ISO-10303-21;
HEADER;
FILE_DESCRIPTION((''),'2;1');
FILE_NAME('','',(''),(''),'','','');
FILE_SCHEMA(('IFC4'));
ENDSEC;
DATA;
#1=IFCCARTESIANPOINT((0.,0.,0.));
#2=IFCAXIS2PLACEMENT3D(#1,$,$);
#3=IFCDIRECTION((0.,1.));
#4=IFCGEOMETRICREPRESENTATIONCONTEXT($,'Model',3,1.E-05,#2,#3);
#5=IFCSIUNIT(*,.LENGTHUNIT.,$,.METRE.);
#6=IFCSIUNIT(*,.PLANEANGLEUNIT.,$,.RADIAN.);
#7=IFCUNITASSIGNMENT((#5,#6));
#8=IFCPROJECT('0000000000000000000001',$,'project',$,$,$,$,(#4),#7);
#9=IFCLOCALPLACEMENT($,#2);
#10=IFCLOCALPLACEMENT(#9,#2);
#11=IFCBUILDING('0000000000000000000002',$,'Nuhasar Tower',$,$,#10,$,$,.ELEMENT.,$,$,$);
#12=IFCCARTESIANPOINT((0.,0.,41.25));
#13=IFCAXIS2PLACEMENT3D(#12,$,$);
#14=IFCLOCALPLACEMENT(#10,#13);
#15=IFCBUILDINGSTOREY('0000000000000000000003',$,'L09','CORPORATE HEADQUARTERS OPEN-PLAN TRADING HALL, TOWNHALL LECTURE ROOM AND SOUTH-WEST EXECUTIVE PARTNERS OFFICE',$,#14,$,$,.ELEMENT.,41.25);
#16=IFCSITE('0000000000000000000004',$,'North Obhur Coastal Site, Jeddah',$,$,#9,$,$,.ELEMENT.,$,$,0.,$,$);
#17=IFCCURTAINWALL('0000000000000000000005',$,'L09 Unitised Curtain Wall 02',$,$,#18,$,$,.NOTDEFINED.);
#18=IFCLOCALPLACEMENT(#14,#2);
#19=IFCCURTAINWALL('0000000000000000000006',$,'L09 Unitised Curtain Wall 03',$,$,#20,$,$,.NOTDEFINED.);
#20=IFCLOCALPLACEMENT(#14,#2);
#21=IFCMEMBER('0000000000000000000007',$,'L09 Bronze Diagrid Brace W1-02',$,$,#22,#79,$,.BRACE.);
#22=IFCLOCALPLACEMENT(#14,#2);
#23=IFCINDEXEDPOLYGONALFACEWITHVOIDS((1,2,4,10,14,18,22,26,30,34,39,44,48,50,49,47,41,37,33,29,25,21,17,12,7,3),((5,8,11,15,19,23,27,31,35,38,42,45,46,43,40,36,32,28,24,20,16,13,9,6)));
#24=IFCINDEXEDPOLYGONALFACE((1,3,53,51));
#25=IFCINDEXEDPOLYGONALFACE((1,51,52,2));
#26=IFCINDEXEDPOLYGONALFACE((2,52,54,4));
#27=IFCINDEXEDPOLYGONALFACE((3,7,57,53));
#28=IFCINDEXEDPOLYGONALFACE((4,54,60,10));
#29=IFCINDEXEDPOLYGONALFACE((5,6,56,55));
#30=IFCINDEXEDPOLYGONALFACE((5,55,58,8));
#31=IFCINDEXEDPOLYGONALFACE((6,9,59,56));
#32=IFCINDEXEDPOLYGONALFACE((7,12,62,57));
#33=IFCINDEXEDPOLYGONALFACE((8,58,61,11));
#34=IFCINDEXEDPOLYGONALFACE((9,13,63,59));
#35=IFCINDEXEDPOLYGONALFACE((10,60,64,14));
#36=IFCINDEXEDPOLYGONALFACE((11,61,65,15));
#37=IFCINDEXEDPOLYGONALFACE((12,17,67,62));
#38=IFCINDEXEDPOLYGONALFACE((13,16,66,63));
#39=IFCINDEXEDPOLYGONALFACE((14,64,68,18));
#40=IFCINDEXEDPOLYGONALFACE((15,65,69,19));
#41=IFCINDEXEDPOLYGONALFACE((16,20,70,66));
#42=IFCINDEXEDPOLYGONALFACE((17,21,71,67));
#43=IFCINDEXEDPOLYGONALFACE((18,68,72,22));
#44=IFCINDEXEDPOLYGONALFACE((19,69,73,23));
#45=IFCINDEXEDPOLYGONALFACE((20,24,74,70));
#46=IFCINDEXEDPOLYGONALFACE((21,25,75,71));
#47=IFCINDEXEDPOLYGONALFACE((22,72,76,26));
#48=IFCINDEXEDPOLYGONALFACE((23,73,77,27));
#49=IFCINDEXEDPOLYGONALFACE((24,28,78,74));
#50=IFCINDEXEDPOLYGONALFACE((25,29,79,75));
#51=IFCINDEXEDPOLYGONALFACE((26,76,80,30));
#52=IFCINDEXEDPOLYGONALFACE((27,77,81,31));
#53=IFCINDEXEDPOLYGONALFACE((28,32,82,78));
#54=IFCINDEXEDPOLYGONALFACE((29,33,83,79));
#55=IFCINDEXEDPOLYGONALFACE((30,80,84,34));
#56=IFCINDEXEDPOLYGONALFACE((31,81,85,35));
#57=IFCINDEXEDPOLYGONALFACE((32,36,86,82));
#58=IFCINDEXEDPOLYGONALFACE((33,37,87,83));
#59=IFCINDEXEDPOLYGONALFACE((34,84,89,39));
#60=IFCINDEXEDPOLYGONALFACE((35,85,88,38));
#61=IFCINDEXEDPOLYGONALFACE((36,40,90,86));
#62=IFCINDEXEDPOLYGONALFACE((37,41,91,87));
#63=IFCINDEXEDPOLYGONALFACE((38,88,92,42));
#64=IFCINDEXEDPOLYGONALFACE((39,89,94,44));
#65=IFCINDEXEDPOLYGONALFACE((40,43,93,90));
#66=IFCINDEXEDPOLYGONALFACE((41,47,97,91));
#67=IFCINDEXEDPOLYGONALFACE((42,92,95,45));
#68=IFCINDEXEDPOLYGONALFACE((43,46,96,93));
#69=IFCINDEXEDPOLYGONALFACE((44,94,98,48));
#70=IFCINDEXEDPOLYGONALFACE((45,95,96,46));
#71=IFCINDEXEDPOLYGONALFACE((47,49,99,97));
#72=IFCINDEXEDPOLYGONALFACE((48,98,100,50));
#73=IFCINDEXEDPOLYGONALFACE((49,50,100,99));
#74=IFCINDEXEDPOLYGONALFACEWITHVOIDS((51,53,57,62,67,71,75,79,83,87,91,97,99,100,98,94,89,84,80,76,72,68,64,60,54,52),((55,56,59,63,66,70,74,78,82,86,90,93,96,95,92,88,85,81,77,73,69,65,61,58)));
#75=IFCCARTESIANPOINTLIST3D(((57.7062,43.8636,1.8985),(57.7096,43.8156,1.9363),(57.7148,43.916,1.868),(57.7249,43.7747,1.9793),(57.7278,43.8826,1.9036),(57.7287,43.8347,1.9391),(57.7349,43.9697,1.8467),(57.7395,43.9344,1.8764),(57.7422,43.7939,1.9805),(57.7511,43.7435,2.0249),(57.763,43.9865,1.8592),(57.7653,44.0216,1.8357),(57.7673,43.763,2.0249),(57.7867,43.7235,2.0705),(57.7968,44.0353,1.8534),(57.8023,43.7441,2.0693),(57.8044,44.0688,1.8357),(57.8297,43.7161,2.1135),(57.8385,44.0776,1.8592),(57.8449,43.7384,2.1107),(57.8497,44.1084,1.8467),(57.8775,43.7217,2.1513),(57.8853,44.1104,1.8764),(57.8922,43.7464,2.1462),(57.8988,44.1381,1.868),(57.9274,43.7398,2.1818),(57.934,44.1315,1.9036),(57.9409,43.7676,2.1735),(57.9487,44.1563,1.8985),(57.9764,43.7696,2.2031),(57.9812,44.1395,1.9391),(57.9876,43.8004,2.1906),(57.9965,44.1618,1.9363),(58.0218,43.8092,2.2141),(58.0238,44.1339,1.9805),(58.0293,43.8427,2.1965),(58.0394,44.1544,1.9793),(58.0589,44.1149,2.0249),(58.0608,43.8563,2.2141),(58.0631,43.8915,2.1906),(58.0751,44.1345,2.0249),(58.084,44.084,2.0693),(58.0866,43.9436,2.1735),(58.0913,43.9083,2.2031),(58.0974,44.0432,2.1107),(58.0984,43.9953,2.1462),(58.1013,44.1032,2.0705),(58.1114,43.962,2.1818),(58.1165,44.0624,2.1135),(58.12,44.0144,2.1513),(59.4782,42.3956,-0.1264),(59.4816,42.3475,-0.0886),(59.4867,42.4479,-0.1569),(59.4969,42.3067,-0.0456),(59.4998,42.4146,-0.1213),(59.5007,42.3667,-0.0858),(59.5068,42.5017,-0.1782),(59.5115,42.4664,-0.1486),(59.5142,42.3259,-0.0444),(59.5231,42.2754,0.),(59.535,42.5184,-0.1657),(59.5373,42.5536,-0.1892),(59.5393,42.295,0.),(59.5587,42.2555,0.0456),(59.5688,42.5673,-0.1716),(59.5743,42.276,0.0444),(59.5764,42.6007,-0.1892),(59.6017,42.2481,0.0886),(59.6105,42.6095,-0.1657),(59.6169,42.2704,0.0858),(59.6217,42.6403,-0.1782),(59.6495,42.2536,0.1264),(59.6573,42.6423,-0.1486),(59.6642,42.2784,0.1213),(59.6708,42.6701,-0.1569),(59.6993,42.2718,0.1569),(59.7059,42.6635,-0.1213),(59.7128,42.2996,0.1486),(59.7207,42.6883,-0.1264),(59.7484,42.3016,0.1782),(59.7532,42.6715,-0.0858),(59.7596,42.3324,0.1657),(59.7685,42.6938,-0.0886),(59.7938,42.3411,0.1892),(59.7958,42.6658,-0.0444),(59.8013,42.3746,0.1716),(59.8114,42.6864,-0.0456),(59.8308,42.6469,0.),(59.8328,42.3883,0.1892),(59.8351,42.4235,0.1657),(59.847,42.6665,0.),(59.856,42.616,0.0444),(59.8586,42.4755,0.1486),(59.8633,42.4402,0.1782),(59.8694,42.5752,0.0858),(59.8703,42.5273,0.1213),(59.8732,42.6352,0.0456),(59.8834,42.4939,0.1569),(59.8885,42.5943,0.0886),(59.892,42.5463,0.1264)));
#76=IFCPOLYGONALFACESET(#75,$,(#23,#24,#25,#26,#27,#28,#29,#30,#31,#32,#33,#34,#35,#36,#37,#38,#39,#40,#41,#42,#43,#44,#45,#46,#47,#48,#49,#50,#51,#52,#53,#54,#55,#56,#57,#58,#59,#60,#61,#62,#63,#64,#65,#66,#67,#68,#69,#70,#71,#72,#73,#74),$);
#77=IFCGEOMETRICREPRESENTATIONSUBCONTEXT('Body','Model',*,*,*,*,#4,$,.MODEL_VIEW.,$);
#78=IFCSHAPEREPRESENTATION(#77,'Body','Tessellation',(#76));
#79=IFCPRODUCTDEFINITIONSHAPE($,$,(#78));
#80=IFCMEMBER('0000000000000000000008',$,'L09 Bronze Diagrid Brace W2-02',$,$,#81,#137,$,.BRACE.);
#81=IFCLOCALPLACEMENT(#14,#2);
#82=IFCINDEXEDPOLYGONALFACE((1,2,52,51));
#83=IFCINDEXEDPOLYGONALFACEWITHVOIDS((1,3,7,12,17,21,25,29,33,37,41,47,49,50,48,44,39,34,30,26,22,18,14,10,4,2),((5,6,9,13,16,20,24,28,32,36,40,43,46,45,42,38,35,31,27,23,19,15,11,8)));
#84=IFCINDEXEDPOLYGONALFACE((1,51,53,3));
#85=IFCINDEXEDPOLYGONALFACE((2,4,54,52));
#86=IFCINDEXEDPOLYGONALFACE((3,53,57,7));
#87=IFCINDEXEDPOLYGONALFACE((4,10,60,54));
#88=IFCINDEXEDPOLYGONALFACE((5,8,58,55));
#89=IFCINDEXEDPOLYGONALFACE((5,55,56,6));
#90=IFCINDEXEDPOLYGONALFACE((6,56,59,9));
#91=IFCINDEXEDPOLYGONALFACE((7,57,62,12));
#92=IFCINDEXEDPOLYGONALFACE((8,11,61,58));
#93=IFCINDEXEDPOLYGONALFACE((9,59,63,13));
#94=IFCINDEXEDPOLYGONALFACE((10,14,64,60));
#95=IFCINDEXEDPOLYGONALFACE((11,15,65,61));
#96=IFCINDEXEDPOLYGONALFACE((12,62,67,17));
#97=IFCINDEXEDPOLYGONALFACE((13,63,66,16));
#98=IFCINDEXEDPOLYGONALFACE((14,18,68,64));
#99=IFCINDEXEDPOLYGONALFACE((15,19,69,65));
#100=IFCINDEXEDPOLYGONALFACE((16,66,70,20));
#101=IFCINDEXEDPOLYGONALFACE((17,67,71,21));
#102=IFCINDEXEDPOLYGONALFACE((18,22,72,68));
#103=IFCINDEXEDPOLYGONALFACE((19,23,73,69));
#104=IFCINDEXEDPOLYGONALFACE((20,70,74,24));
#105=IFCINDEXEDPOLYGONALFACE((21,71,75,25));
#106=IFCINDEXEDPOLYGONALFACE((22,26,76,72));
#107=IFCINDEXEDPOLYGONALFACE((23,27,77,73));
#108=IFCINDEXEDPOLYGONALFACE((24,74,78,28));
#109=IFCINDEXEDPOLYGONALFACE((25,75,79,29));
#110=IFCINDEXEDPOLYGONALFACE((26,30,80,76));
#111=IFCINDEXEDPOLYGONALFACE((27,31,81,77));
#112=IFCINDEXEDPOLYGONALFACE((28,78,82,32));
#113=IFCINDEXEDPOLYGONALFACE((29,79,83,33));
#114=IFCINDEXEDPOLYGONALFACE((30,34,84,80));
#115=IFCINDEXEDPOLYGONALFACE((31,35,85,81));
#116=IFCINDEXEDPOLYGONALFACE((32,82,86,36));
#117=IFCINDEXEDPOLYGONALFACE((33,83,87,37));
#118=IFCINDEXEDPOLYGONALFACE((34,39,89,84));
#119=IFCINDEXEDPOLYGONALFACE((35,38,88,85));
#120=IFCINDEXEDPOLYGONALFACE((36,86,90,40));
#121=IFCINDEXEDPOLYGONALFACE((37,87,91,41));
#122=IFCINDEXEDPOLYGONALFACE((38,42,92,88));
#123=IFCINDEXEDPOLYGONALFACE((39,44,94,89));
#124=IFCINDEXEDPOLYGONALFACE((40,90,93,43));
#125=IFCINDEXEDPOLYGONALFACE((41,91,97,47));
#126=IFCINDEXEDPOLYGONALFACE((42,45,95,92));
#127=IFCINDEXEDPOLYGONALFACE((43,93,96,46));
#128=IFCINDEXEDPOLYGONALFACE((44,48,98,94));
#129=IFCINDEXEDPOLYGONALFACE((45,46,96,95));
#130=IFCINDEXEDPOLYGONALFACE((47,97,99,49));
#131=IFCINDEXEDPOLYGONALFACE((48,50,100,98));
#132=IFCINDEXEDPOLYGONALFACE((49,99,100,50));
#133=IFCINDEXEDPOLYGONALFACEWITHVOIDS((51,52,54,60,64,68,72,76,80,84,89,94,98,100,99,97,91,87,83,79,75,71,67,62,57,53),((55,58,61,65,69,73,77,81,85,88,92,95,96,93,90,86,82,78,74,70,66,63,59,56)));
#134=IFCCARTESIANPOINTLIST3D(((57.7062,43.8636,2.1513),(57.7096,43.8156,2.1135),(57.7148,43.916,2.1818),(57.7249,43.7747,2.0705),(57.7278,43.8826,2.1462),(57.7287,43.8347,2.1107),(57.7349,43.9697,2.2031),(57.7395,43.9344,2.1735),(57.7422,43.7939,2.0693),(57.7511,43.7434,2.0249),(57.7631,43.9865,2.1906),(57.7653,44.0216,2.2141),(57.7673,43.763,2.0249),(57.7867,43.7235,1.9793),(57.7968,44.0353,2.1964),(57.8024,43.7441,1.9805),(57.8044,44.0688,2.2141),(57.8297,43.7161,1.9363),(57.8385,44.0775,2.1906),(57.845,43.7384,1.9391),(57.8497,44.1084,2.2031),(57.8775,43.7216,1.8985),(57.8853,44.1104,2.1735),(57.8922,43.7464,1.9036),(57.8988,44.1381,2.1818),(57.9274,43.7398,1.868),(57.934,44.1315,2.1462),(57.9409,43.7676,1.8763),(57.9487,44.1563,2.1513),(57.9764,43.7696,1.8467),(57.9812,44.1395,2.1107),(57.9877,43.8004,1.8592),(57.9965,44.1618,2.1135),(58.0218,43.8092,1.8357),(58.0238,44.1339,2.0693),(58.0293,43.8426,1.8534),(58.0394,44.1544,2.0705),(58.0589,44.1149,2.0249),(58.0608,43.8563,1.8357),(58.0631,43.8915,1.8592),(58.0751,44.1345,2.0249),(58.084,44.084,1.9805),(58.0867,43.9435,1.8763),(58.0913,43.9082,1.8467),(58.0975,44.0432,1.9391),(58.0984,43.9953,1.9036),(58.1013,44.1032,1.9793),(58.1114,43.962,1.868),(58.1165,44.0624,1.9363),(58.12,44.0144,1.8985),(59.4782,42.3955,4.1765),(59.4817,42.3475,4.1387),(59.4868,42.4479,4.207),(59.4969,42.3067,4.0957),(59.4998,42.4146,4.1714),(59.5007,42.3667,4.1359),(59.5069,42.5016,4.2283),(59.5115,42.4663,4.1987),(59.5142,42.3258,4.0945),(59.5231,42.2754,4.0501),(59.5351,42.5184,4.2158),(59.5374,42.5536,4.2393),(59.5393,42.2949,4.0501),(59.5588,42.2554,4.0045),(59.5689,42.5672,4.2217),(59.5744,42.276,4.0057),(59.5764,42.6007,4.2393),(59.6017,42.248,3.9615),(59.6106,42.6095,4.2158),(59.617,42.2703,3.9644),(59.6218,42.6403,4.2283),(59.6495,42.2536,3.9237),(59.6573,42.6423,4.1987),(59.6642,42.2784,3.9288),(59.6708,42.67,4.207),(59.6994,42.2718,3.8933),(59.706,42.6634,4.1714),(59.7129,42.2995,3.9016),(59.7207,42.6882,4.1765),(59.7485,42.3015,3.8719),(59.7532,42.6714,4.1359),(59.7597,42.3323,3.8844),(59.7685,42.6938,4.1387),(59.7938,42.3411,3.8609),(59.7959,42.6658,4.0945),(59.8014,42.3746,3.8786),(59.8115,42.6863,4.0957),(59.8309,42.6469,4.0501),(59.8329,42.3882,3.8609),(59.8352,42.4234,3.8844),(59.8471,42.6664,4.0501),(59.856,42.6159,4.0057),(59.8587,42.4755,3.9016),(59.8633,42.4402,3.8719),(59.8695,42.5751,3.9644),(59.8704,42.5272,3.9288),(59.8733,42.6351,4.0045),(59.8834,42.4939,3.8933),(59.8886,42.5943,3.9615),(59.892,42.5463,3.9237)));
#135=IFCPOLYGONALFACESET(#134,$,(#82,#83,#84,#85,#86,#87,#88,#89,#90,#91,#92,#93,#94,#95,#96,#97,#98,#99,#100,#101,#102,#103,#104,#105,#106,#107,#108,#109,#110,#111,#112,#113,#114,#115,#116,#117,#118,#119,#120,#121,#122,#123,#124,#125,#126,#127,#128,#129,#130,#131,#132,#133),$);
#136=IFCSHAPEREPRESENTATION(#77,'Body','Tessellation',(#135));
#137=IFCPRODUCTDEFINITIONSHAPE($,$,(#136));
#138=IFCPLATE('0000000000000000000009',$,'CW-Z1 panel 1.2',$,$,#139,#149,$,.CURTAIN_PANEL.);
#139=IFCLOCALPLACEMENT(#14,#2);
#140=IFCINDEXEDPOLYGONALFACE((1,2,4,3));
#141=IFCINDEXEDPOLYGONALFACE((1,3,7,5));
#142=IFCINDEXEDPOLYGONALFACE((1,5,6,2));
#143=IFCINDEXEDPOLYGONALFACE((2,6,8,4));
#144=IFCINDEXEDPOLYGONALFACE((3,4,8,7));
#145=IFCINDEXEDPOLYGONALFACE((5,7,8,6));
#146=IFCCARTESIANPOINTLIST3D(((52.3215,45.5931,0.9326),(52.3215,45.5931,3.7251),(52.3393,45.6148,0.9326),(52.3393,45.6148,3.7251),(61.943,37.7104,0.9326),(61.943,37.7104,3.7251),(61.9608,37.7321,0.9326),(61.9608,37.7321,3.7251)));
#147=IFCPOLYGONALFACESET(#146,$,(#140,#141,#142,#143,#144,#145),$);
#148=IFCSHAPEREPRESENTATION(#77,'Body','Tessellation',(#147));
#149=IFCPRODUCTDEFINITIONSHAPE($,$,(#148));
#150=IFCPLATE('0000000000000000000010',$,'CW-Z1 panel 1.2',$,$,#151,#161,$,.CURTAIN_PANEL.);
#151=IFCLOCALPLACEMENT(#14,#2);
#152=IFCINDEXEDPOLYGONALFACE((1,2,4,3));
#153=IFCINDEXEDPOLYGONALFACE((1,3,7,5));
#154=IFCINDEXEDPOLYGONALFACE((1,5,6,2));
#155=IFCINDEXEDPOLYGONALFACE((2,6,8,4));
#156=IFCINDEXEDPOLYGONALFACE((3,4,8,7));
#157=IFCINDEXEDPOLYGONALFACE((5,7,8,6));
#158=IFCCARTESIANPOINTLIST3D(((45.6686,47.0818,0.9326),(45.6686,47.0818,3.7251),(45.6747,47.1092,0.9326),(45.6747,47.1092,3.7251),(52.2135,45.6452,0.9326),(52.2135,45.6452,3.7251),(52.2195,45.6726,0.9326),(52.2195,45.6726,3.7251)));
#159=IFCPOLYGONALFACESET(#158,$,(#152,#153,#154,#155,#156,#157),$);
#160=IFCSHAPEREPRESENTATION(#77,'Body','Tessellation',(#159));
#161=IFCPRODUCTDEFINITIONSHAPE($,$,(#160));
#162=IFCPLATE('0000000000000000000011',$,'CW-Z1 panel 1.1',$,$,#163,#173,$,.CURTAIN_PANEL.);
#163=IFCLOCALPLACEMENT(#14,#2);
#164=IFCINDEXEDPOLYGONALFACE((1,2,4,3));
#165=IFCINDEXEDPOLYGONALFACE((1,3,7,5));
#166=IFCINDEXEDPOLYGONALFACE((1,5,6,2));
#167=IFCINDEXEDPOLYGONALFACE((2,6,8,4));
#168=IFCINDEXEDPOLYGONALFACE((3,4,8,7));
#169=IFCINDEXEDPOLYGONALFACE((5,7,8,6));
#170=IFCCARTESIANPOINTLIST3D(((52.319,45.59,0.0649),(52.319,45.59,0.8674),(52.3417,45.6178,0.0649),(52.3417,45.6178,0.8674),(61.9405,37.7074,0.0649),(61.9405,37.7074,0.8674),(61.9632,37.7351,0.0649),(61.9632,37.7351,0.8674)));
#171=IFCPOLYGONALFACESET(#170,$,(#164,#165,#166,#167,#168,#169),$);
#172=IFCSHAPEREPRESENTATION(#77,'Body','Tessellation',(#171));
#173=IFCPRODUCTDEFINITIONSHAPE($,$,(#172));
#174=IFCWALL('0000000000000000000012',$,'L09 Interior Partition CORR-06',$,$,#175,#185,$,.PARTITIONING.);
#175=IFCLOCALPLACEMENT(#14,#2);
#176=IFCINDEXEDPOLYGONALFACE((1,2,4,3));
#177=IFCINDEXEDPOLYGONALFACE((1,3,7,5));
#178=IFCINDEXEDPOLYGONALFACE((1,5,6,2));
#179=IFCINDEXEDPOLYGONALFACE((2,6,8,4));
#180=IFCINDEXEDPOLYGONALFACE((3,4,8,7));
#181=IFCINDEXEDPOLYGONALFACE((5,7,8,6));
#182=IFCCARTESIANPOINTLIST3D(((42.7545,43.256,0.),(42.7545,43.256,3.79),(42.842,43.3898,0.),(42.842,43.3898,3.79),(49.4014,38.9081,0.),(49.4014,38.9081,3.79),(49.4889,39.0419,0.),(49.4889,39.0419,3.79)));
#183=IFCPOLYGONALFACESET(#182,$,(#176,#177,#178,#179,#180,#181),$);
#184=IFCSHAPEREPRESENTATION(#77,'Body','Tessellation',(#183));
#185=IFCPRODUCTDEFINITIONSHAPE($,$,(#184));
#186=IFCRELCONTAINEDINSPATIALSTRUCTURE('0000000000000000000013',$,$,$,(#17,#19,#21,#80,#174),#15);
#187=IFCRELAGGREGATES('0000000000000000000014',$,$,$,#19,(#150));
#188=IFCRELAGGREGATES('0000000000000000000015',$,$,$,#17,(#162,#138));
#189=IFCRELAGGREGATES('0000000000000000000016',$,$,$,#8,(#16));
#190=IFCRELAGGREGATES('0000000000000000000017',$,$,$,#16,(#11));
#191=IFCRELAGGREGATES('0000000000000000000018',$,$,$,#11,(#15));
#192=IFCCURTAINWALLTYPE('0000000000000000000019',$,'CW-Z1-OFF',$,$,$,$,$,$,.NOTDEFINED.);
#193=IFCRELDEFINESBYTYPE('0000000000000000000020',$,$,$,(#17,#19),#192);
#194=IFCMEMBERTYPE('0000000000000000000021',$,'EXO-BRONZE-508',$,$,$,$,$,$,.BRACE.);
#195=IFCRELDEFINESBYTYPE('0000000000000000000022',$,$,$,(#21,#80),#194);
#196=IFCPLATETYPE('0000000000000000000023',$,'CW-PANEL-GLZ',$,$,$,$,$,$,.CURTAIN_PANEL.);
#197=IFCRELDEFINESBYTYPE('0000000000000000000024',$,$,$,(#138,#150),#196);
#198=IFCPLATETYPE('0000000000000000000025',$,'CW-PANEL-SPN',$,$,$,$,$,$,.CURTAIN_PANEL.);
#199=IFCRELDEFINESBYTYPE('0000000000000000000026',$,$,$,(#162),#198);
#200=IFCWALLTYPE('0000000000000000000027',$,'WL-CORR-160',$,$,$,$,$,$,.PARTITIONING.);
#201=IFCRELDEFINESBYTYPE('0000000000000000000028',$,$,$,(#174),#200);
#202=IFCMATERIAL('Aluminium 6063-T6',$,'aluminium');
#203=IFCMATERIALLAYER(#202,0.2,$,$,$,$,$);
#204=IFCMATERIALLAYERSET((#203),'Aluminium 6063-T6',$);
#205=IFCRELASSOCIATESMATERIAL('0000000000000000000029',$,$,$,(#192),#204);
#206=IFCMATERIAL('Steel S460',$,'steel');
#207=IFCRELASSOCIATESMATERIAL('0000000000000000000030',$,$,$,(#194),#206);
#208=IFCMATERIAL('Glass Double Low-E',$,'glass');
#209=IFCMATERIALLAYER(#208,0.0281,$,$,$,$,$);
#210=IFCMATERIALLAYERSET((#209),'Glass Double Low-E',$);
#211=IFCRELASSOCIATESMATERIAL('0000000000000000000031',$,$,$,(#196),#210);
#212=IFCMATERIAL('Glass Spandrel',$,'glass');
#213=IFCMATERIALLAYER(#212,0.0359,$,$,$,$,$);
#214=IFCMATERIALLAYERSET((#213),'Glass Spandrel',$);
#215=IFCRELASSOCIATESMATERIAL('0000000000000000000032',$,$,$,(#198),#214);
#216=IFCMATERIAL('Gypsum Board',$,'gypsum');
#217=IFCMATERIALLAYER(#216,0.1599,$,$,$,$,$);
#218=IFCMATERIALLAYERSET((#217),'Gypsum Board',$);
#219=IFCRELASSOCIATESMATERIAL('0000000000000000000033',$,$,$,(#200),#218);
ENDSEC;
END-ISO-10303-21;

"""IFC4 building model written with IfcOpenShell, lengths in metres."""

from ifc_helpers import new_model, si_unit, direction, frame, frame_2d, origin, origin_2d, place, context, subcontext, project, spatial, rectangle, hollow_circle, extrude, material, layer, layer_set, material_profile, profile_set, type_object, element, aggregate, save


model = new_model("IFC4")

# Units and contexts
model_context = context("Model", 3, precision=1e-05, world=origin(), true_north=direction((0.0, 1.0)))
body_context = subcontext(model_context, "Body", "Model", "MODEL_VIEW")
ifc_project = project(units=[si_unit("LENGTHUNIT", "METRE"), si_unit("PLANEANGLEUNIT", "RADIAN")], contexts=[model_context])

# Site, building, storey
site_placement = place(None, origin())
site = spatial("IfcSite", under=ifc_project, at=site_placement, Name="North Obhur Coastal Site, Jeddah", CompositionType="ELEMENT", RefElevation=0.0)
building_placement = place(site_placement, origin())
building = spatial("IfcBuilding", under=site, at=building_placement, Name="Nuhasar Tower", CompositionType="ELEMENT")
storey_placement = place(building_placement, frame((0.0, 0.0, 41.25)))
storey = spatial("IfcBuildingStorey", under=building, at=storey_placement, Name="L09", Description="CORPORATE HEADQUARTERS OPEN-PLAN TRADING HALL, TOWNHALL LECTURE ROOM AND SOUTH-WEST EXECUTIVE PARTNERS OFFICE", CompositionType="ELEMENT", Elevation=41.25)

# Shared definitions
ifc_material_1 = material(Name="Aluminium 6063-T6", Category="aluminium")
ifc_layer_1 = layer(ifc_material_1, 0.2)
ifc_layer_set_1 = layer_set([ifc_layer_1], Name="Aluminium 6063-T6")
curtain_wall_type = type_object("IfcCurtainWallType", Name="CW-Z1-OFF", PredefinedType="NOTDEFINED", material=ifc_layer_set_1)

# Curtain wall
curtain_wall_1_placement = place(storey_placement, origin())
curtain_wall_1 = element("IfcCurtainWall", 1, at=curtain_wall_1_placement, inside=storey, type_object=curtain_wall_type, Name="L09 Unitised Curtain Wall 02", PredefinedType="NOTDEFINED")

# Curtain wall
curtain_wall_2_placement = place(storey_placement, origin())
curtain_wall_2 = element("IfcCurtainWall", 2, at=curtain_wall_2_placement, inside=storey, type_object=curtain_wall_type, Name="L09 Unitised Curtain Wall 03", PredefinedType="NOTDEFINED")

# Members
ifc_material_2 = material(Name="Steel S460", Category="steel")
ifc_material_profile_1 = material_profile(ifc_material_2, hollow_circle(Radius=0.2539, WallThickness=0.0254, at=origin_2d()), Name="HSS508X25.4")
ifc_profile_set_1 = profile_set([ifc_material_profile_1], Name="Steel S460")
member_type_1 = type_object("IfcMemberType", Name="EXO-BRONZE-508", PredefinedType="BRACE", material=ifc_profile_set_1)
member_1_placement = place(storey_placement, frame((59.6851, 42.4709, 0.0), z_axis=(-0.578102, 0.478937, 0.660619), x_axis=(-0.637969, -0.770062, 0.0)))
element("IfcMember", 3, at=member_1_placement, inside=storey, type_object=member_type_1, Name="L09 Bronze Diagrid Brace W1-02", PredefinedType="BRACE", context=body_context, shape_type="SweptSolid", body=[
    extrude(hollow_circle(Radius=0.2539, WallThickness=0.0254, at=origin_2d()), origin(), (0.0, 0.0, 1.0), 3.0652),
])
member_2_placement = place(storey_placement, frame((57.9131, 43.939, 2.0249), z_axis=(0.578071, -0.478912, 0.660664), x_axis=(0.637969, 0.770062, 0.0)))
element("IfcMember", 4, at=member_2_placement, inside=storey, type_object=member_type_1, Name="L09 Bronze Diagrid Brace W2-02", PredefinedType="BRACE", context=body_context, shape_type="SweptSolid", body=[
    extrude(hollow_circle(Radius=0.2539, WallThickness=0.0254, at=origin_2d()), origin(), (0.0, 0.0, 1.0), 3.0654),
])

# Plates
ifc_material_3 = material(Name="Glass Double Low-E", Category="glass")
ifc_layer_2 = layer(ifc_material_3, 0.0281)
ifc_layer_set_2 = layer_set([ifc_layer_2], Name="Glass Double Low-E")
plate_type_1 = type_object("IfcPlateType", Name="CW-PANEL-GLZ", PredefinedType="CURTAIN_PANEL", material=ifc_layer_set_2)
plate_1_placement = place(storey_placement, frame((57.1411, 41.6626, 0.9326), z_axis=(0.0, 0.0, 1.0), x_axis=(-0.773542, 0.633745, 0.0)))
plate_1 = element("IfcPlate", 5, at=plate_1_placement, type_object=plate_type_1, Name="CW-Z1 panel 1.2", PredefinedType="CURTAIN_PANEL", context=body_context, shape_type="SweptSolid", body=[
    extrude(rectangle(XDim=12.4382, YDim=0.0281, at=origin_2d()), origin(), (0.0, 0.0, 1.0), 2.7925),
])
plate_2_placement = place(storey_placement, frame((48.9441, 46.3772, 0.9326), z_axis=(0.0, 0.0, 1.0), x_axis=(-0.976746, 0.214399, 0.0)))
plate_2 = element("IfcPlate", 6, at=plate_2_placement, type_object=plate_type_1, Name="CW-Z1 panel 1.2", PredefinedType="CURTAIN_PANEL", context=body_context, shape_type="SweptSolid", body=[
    extrude(rectangle(XDim=6.7007, YDim=0.0281, at=origin_2d()), origin(), (0.0, 0.0, 1.0), 2.7925),
])
aggregate(curtain_wall_2, [plate_2])
ifc_material_4 = material(Name="Glass Spandrel", Category="glass")
ifc_layer_3 = layer(ifc_material_4, 0.0359)
ifc_layer_set_3 = layer_set([ifc_layer_3], Name="Glass Spandrel")
plate_type_2 = type_object("IfcPlateType", Name="CW-PANEL-SPN", PredefinedType="CURTAIN_PANEL", material=ifc_layer_set_3)
plate_3_placement = place(storey_placement, frame((57.1411, 41.6626, 0.0649), z_axis=(0.0, 0.0, 1.0), x_axis=(-0.773542, 0.633745, 0.0)))
plate_3 = element("IfcPlate", 7, at=plate_3_placement, type_object=plate_type_2, Name="CW-Z1 panel 1.1", PredefinedType="CURTAIN_PANEL", context=body_context, shape_type="SweptSolid", body=[
    extrude(rectangle(XDim=12.4382, YDim=0.0359, at=origin_2d()), origin(), (0.0, 0.0, 1.0), 0.8025),
])
aggregate(curtain_wall_1, [plate_3, plate_1])

# Wall
ifc_material_5 = material(Name="Gypsum Board", Category="gypsum")
ifc_layer_4 = layer(ifc_material_5, 0.1599)
ifc_layer_set_4 = layer_set([ifc_layer_4], Name="Gypsum Board")
wall_type = type_object("IfcWallType", Name="WL-CORR-160", PredefinedType="PARTITIONING", material=ifc_layer_set_4)
wall_placement = place(storey_placement, frame((49.4451, 38.9751, 0.0), z_axis=(0.0, 0.0, 1.0), x_axis=(-0.836866, 0.547408, 0.0)))
element("IfcWall", 8, at=wall_placement, inside=storey, type_object=wall_type, Name="L09 Interior Partition CORR-06", PredefinedType="PARTITIONING", context=body_context, shape_type="SweptSolid", body=[
    extrude(rectangle(XDim=7.9426, YDim=0.1599, at=frame_2d((3.9712, 0.0))), origin(), (0.0, 0.0, 1.0), 3.79),
])

save(model, "model.ifc")
